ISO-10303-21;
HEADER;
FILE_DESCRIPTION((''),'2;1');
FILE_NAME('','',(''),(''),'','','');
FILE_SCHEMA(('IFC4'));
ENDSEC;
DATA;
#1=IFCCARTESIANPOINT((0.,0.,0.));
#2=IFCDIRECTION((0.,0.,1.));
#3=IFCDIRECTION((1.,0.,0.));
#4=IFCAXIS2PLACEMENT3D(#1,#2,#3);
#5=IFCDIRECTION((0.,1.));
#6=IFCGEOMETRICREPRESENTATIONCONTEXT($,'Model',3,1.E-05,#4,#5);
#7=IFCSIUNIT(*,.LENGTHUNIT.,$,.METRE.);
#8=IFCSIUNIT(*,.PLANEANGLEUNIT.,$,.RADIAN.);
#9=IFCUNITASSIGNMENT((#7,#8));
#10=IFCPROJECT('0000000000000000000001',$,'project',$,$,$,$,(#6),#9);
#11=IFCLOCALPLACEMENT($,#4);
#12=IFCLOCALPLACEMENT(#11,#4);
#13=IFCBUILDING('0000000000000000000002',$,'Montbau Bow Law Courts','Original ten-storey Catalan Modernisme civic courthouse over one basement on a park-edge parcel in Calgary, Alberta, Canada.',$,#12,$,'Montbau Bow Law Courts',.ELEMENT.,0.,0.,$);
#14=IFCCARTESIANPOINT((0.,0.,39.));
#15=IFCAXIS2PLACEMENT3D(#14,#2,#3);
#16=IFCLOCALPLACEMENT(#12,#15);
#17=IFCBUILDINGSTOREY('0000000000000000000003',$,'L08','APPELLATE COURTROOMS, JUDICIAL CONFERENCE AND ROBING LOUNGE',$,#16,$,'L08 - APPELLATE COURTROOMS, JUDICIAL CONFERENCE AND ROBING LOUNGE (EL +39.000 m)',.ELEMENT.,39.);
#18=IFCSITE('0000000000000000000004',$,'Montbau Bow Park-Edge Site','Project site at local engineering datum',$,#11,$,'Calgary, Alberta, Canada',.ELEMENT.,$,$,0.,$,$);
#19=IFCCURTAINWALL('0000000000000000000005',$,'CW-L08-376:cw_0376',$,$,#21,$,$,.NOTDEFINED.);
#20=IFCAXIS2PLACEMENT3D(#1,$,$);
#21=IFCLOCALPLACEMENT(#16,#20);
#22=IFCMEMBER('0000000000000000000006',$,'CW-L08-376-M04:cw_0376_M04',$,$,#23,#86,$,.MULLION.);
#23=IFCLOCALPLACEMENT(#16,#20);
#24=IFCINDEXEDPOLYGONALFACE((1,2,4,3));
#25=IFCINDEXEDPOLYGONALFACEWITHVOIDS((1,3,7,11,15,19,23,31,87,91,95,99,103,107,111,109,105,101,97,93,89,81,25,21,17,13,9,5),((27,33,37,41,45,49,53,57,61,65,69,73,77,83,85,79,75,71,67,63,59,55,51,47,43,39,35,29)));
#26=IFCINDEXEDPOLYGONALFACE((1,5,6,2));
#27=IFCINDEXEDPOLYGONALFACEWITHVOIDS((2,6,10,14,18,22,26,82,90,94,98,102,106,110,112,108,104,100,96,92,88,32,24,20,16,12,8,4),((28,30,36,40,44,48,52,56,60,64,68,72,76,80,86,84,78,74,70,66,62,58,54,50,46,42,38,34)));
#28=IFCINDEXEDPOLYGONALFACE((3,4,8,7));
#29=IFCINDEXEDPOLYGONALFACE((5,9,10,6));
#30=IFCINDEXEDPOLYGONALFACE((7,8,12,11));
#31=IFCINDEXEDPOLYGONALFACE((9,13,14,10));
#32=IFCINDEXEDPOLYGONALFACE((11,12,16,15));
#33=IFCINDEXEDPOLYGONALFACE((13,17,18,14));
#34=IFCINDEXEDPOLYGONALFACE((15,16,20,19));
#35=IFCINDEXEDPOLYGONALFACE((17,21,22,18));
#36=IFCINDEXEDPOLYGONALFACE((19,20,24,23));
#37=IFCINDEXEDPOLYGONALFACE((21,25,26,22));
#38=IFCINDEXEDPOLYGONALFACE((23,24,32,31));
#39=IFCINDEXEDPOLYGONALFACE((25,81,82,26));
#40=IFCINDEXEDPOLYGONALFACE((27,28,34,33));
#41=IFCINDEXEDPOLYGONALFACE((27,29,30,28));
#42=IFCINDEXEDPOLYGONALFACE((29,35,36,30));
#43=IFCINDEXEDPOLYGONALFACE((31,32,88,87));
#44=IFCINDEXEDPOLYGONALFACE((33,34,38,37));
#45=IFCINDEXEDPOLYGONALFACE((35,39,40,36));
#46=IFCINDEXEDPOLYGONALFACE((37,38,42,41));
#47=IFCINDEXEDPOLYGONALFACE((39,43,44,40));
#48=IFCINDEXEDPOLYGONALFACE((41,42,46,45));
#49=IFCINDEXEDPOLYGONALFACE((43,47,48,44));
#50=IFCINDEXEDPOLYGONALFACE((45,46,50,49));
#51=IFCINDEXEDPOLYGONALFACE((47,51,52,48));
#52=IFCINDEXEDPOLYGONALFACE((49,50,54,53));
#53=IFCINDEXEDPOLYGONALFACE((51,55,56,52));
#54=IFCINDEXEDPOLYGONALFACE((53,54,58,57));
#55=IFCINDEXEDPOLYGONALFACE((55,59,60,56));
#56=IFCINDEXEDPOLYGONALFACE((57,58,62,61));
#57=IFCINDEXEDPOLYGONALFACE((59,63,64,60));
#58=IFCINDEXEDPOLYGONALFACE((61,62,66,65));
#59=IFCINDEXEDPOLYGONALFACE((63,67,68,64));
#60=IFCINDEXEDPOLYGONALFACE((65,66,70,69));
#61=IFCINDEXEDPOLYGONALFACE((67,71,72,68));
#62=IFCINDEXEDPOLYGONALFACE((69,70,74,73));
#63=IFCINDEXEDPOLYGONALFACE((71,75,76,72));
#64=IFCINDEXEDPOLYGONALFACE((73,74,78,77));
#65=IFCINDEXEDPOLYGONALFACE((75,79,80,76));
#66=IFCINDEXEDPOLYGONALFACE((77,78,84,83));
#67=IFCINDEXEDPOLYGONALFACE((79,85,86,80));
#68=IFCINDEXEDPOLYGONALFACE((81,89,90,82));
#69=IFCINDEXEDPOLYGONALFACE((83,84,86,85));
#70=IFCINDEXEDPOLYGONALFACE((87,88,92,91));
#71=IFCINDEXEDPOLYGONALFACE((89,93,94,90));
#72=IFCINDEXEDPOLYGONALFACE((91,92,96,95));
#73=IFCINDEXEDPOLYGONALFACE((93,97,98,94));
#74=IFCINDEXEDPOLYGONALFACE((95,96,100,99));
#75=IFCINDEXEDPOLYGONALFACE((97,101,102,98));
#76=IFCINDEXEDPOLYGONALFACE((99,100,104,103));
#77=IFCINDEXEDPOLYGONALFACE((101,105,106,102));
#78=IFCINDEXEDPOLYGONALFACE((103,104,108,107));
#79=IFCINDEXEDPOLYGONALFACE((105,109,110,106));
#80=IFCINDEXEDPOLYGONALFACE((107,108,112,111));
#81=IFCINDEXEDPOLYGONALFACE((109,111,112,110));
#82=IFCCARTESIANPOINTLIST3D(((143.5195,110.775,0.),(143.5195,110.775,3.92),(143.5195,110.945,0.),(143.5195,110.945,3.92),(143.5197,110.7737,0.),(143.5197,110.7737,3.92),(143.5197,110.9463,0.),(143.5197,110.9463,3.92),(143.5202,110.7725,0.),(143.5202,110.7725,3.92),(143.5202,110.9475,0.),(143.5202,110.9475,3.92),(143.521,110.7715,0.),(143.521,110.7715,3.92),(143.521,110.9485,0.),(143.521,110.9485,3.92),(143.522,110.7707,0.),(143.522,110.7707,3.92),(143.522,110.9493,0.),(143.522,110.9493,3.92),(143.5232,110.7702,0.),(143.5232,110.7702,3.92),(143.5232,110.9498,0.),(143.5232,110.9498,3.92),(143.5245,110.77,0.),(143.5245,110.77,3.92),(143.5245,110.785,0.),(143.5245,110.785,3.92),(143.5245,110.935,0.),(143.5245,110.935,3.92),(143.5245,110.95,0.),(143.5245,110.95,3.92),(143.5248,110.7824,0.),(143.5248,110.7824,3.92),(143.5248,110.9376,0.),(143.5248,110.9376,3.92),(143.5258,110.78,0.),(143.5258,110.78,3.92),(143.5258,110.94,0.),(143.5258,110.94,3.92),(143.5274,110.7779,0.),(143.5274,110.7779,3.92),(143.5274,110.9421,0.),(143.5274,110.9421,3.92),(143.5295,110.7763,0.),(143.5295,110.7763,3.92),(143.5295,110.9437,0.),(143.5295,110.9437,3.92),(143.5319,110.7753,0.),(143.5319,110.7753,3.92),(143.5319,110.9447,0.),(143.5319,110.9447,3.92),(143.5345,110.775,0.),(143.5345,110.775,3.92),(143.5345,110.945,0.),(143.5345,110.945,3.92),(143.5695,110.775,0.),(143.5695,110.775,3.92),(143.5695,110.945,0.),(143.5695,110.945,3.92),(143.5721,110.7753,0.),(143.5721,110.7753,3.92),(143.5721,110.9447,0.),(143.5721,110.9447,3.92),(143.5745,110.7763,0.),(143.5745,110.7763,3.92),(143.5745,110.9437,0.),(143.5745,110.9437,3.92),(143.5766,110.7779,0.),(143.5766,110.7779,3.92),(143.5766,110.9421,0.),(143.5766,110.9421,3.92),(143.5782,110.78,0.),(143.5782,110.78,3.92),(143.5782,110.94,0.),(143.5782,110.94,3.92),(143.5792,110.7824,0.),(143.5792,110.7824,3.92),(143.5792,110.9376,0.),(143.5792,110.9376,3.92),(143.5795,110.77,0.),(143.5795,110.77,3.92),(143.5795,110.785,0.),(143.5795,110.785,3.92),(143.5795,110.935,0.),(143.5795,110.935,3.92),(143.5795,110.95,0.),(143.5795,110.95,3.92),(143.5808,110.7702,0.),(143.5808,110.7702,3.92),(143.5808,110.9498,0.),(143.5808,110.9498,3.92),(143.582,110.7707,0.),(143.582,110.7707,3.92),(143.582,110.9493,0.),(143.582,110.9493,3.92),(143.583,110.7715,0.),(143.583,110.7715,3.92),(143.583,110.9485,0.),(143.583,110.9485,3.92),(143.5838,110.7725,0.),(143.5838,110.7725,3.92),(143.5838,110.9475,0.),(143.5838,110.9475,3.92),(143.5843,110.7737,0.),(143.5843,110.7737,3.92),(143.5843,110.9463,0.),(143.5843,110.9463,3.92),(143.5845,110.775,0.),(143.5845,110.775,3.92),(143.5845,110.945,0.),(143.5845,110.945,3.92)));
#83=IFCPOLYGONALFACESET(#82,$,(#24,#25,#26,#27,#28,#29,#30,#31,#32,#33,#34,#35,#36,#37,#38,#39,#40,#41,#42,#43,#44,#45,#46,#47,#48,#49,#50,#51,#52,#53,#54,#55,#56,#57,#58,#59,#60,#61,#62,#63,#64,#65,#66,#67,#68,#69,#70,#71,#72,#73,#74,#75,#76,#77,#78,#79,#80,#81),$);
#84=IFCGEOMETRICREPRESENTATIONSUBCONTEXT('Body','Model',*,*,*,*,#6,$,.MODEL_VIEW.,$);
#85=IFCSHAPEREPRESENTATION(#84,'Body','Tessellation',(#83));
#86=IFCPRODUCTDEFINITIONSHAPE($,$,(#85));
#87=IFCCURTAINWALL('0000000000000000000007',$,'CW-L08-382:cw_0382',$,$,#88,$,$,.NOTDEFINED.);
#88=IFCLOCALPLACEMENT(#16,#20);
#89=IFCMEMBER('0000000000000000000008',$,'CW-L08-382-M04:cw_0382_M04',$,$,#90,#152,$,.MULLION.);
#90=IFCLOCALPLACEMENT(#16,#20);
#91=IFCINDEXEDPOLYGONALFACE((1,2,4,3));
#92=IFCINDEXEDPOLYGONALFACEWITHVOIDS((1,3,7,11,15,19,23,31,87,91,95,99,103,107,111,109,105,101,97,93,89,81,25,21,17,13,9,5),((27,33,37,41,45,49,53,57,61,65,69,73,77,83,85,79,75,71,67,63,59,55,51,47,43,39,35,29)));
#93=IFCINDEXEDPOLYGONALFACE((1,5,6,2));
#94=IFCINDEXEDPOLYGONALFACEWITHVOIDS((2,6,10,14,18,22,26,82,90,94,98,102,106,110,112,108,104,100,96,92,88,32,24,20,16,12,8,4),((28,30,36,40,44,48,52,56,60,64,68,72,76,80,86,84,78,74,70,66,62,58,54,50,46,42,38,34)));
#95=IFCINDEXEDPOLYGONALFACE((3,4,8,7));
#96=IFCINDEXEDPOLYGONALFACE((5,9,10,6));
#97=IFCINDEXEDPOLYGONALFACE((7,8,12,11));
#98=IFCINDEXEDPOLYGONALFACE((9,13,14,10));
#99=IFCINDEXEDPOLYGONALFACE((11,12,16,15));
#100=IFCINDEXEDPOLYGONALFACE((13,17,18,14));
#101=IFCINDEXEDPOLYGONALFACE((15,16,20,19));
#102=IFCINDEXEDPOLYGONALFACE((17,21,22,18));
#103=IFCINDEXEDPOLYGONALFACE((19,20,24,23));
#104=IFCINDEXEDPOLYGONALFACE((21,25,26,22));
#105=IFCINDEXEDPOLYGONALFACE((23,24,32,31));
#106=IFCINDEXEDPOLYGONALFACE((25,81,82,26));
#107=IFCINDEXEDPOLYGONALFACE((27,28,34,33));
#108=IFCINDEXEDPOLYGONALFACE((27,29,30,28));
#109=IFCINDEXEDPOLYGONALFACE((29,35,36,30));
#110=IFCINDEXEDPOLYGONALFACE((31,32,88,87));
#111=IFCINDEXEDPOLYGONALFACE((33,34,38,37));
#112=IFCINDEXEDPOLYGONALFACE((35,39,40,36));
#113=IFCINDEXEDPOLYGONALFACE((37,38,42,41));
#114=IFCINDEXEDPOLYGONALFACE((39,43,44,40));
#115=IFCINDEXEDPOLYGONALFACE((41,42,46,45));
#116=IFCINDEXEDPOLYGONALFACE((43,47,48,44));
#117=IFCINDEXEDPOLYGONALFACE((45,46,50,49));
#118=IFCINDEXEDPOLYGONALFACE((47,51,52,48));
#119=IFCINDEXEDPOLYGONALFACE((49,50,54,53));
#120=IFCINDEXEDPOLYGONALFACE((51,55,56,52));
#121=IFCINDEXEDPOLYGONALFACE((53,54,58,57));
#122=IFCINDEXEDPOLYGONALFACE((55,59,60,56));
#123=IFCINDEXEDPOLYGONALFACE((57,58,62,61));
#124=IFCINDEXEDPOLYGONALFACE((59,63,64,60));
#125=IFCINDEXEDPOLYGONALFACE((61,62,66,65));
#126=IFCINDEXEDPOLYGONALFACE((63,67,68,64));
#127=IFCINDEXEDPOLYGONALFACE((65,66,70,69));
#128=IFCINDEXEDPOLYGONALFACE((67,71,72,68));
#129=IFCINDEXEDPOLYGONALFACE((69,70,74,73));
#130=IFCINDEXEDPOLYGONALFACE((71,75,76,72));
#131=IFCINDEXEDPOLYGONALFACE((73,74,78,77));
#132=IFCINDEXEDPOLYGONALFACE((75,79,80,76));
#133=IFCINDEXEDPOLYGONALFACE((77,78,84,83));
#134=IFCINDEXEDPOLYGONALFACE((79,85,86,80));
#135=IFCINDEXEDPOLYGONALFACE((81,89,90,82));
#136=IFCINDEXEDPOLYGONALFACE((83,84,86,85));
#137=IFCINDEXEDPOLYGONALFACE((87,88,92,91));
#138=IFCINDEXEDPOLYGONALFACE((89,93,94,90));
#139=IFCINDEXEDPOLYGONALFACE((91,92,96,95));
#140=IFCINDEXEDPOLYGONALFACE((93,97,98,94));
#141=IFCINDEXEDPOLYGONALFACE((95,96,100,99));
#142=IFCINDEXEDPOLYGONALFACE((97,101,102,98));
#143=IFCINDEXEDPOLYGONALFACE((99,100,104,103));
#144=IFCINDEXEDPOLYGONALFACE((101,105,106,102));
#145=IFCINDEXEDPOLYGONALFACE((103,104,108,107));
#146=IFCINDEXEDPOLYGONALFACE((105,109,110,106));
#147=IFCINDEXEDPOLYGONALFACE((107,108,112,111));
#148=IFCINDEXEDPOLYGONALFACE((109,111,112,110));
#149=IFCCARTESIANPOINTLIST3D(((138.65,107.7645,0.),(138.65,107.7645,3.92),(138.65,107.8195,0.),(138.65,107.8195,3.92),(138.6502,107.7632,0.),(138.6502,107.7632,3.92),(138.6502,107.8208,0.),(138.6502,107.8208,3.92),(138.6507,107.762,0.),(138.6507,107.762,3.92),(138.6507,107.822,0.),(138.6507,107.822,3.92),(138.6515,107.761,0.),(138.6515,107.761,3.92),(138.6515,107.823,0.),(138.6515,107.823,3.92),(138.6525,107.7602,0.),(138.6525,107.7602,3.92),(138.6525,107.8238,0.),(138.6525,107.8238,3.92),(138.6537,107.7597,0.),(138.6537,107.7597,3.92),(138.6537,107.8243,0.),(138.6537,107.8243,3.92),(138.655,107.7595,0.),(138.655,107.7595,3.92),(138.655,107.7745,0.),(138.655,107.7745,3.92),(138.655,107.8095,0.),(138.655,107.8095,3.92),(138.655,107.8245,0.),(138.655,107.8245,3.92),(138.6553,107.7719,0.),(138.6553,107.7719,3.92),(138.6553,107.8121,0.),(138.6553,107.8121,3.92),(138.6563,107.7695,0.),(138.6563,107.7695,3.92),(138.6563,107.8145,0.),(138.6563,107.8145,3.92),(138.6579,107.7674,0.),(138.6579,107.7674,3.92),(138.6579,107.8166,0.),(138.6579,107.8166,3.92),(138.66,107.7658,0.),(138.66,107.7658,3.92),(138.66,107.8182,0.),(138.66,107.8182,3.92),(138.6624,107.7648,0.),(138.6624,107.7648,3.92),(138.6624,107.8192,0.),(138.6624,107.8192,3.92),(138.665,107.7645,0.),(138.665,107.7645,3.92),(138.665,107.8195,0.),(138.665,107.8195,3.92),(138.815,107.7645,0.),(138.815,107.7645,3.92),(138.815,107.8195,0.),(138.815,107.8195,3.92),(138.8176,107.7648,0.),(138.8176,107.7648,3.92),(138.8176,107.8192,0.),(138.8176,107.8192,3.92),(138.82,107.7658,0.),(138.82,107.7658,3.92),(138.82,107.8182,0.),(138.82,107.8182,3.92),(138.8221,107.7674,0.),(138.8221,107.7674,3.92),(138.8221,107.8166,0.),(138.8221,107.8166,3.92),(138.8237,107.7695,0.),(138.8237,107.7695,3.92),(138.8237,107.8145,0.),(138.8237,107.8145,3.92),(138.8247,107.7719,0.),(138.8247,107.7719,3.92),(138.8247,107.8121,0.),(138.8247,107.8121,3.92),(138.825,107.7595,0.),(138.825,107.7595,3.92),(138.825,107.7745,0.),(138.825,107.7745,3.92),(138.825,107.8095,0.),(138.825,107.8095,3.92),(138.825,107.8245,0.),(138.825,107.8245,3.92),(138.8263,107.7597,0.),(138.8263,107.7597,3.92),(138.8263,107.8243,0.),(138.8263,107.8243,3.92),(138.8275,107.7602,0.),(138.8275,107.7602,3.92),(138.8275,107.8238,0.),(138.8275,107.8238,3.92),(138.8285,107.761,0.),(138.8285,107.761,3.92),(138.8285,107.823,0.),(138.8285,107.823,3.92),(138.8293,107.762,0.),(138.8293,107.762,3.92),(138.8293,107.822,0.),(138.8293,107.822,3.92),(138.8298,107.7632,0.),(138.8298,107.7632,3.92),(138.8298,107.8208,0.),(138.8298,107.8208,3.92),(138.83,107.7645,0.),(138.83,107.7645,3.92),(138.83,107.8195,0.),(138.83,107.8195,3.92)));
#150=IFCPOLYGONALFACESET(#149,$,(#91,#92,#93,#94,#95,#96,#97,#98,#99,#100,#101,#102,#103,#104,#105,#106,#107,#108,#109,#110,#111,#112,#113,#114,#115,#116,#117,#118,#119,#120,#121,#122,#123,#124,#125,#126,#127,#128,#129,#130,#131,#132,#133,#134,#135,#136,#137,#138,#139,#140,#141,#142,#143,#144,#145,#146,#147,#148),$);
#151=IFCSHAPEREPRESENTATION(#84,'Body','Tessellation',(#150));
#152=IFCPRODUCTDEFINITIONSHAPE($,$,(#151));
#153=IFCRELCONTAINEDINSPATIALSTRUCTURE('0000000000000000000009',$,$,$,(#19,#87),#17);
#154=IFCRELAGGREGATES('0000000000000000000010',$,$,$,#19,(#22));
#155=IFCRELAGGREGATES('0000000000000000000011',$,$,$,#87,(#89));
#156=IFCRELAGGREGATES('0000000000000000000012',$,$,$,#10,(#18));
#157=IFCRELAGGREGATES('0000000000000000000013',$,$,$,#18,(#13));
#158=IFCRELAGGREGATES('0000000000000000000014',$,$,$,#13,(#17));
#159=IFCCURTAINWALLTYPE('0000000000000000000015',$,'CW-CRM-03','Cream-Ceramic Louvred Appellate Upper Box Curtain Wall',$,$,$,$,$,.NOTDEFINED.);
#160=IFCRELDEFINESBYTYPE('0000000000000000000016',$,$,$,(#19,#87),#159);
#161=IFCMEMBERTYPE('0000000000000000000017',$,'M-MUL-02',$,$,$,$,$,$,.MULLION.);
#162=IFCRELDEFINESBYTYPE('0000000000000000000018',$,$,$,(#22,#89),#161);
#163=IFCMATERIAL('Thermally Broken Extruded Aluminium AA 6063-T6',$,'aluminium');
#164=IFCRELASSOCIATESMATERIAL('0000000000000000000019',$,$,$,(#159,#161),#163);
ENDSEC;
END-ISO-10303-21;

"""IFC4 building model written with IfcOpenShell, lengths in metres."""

from ifc_helpers import new_model, si_unit, direction, frame, origin_with_axes, origin_2d_with_axis, place, context, subcontext, project, spatial, hollow_rectangle, extrude, material, material_profile, profile_set, type_object, element, aggregate, save


model = new_model("IFC4")

# Units and contexts
model_context = context("Model", 3, precision=1e-05, world=origin_with_axes(), true_north=direction((0.0, 1.0)))
body_context = subcontext(model_context, "Body", "Model", "MODEL_VIEW")
ifc_project = project(units=[si_unit("LENGTHUNIT", "METRE"), si_unit("PLANEANGLEUNIT", "RADIAN")], contexts=[model_context])

# Site, building, storey
site_placement = place(None, origin_with_axes())
site = spatial("IfcSite", under=ifc_project, at=site_placement, Name="Montbau Bow Park-Edge Site", Description="Project site at local engineering datum", LongName="Calgary, Alberta, Canada", CompositionType="ELEMENT", RefElevation=0.0)
building_placement = place(site_placement, origin_with_axes())
building = spatial("IfcBuilding", under=site, at=building_placement, Name="Montbau Bow Law Courts", Description="Original ten-storey Catalan Modernisme civic courthouse over one basement on a park-edge parcel in Calgary, Alberta, Canada.", LongName="Montbau Bow Law Courts", CompositionType="ELEMENT", ElevationOfRefHeight=0.0, ElevationOfTerrain=0.0)
storey_placement = place(building_placement, frame((0.0, 0.0, 39.0), z_axis=(0.0, 0.0, 1.0), x_axis=(1.0, 0.0, 0.0)))
storey = spatial("IfcBuildingStorey", under=building, at=storey_placement, Name="L08", Description="APPELLATE COURTROOMS, JUDICIAL CONFERENCE AND ROBING LOUNGE", LongName="L08 - APPELLATE COURTROOMS, JUDICIAL CONFERENCE AND ROBING LOUNGE (EL +39.000 m)", CompositionType="ELEMENT", Elevation=39.0)

# Curtain walls, members
ifc_material_1 = material(Name="Thermally Broken Extruded Aluminium AA 6063-T6", Category="aluminium")
curtain_wall_type = type_object("IfcCurtainWallType", Name="CW-CRM-03", Description="Cream-Ceramic Louvred Appellate Upper Box Curtain Wall", PredefinedType="NOTDEFINED", material=ifc_material_1)
curtain_wall_1_placement = place(None, frame((139.04, 110.86, 39.0), z_axis=(0.0, 0.0, 1.0), x_axis=(1.0, 0.0, 0.0)))
curtain_wall_1 = element("IfcCurtainWall", 1, at=curtain_wall_1_placement, inside=storey, type_object=curtain_wall_type, Name="CW-L08-376:cw_0376", PredefinedType="NOTDEFINED")
ifc_material_profile_1 = material_profile(ifc_material_1, hollow_rectangle(XDim=0.065, YDim=0.18, WallThickness=0.005, InnerFilletRadius=0.01, OuterFilletRadius=0.005, at=origin_2d_with_axis()), Name="CWM-180X65", Category="Main", Priority=0)
ifc_profile_set_1 = profile_set([ifc_material_profile_1], Name="Thermally Broken Extruded Aluminium AA 6063-T6")
member_type_1 = type_object("IfcMemberType", Name="M-MUL-02", PredefinedType="MULLION", material=ifc_profile_set_1)
member_1_placement = place(None, frame((143.552, 110.86, 39.0), z_axis=(0.0, 0.0, 1.0), x_axis=(1.0, 0.0, 0.0)))
member_1 = element("IfcMember", 2, at=member_1_placement, type_object=member_type_1, Name="CW-L08-376-M04:cw_0376_M04", PredefinedType="MULLION", context=body_context, shape_type="SweptSolid", body=[
    extrude(hollow_rectangle(XDim=0.065, YDim=0.18, WallThickness=0.005, InnerFilletRadius=0.01, OuterFilletRadius=0.005, at=origin_2d_with_axis()), origin_with_axes(), (0.0, 0.0, 1.0), 3.92),
])
curtain_wall_2_placement = place(None, frame((138.74, 103.64, 39.0), z_axis=(0.0, 0.0, 1.0), x_axis=(1.0, 0.0, 0.0)))
curtain_wall_2 = element("IfcCurtainWall", 3, at=curtain_wall_2_placement, inside=storey, type_object=curtain_wall_type, Name="CW-L08-382:cw_0382", PredefinedType="NOTDEFINED")
member_2_placement = place(None, frame((138.74, 107.792, 39.0), z_axis=(0.0, 0.0, 1.0), x_axis=(0.0, 1.0, 0.0)))
member_2 = element("IfcMember", 4, at=member_2_placement, type_object=member_type_1, Name="CW-L08-382-M04:cw_0382_M04", PredefinedType="MULLION", context=body_context, shape_type="SweptSolid", body=[
    extrude(hollow_rectangle(XDim=0.065, YDim=0.18, WallThickness=0.005, InnerFilletRadius=0.01, OuterFilletRadius=0.005, at=origin_2d_with_axis()), origin_with_axes(), (0.0, 0.0, 1.0), 3.92),
])

aggregate(curtain_wall_1, [member_1])

aggregate(curtain_wall_2, [member_2])

save(model, "model.ifc")
